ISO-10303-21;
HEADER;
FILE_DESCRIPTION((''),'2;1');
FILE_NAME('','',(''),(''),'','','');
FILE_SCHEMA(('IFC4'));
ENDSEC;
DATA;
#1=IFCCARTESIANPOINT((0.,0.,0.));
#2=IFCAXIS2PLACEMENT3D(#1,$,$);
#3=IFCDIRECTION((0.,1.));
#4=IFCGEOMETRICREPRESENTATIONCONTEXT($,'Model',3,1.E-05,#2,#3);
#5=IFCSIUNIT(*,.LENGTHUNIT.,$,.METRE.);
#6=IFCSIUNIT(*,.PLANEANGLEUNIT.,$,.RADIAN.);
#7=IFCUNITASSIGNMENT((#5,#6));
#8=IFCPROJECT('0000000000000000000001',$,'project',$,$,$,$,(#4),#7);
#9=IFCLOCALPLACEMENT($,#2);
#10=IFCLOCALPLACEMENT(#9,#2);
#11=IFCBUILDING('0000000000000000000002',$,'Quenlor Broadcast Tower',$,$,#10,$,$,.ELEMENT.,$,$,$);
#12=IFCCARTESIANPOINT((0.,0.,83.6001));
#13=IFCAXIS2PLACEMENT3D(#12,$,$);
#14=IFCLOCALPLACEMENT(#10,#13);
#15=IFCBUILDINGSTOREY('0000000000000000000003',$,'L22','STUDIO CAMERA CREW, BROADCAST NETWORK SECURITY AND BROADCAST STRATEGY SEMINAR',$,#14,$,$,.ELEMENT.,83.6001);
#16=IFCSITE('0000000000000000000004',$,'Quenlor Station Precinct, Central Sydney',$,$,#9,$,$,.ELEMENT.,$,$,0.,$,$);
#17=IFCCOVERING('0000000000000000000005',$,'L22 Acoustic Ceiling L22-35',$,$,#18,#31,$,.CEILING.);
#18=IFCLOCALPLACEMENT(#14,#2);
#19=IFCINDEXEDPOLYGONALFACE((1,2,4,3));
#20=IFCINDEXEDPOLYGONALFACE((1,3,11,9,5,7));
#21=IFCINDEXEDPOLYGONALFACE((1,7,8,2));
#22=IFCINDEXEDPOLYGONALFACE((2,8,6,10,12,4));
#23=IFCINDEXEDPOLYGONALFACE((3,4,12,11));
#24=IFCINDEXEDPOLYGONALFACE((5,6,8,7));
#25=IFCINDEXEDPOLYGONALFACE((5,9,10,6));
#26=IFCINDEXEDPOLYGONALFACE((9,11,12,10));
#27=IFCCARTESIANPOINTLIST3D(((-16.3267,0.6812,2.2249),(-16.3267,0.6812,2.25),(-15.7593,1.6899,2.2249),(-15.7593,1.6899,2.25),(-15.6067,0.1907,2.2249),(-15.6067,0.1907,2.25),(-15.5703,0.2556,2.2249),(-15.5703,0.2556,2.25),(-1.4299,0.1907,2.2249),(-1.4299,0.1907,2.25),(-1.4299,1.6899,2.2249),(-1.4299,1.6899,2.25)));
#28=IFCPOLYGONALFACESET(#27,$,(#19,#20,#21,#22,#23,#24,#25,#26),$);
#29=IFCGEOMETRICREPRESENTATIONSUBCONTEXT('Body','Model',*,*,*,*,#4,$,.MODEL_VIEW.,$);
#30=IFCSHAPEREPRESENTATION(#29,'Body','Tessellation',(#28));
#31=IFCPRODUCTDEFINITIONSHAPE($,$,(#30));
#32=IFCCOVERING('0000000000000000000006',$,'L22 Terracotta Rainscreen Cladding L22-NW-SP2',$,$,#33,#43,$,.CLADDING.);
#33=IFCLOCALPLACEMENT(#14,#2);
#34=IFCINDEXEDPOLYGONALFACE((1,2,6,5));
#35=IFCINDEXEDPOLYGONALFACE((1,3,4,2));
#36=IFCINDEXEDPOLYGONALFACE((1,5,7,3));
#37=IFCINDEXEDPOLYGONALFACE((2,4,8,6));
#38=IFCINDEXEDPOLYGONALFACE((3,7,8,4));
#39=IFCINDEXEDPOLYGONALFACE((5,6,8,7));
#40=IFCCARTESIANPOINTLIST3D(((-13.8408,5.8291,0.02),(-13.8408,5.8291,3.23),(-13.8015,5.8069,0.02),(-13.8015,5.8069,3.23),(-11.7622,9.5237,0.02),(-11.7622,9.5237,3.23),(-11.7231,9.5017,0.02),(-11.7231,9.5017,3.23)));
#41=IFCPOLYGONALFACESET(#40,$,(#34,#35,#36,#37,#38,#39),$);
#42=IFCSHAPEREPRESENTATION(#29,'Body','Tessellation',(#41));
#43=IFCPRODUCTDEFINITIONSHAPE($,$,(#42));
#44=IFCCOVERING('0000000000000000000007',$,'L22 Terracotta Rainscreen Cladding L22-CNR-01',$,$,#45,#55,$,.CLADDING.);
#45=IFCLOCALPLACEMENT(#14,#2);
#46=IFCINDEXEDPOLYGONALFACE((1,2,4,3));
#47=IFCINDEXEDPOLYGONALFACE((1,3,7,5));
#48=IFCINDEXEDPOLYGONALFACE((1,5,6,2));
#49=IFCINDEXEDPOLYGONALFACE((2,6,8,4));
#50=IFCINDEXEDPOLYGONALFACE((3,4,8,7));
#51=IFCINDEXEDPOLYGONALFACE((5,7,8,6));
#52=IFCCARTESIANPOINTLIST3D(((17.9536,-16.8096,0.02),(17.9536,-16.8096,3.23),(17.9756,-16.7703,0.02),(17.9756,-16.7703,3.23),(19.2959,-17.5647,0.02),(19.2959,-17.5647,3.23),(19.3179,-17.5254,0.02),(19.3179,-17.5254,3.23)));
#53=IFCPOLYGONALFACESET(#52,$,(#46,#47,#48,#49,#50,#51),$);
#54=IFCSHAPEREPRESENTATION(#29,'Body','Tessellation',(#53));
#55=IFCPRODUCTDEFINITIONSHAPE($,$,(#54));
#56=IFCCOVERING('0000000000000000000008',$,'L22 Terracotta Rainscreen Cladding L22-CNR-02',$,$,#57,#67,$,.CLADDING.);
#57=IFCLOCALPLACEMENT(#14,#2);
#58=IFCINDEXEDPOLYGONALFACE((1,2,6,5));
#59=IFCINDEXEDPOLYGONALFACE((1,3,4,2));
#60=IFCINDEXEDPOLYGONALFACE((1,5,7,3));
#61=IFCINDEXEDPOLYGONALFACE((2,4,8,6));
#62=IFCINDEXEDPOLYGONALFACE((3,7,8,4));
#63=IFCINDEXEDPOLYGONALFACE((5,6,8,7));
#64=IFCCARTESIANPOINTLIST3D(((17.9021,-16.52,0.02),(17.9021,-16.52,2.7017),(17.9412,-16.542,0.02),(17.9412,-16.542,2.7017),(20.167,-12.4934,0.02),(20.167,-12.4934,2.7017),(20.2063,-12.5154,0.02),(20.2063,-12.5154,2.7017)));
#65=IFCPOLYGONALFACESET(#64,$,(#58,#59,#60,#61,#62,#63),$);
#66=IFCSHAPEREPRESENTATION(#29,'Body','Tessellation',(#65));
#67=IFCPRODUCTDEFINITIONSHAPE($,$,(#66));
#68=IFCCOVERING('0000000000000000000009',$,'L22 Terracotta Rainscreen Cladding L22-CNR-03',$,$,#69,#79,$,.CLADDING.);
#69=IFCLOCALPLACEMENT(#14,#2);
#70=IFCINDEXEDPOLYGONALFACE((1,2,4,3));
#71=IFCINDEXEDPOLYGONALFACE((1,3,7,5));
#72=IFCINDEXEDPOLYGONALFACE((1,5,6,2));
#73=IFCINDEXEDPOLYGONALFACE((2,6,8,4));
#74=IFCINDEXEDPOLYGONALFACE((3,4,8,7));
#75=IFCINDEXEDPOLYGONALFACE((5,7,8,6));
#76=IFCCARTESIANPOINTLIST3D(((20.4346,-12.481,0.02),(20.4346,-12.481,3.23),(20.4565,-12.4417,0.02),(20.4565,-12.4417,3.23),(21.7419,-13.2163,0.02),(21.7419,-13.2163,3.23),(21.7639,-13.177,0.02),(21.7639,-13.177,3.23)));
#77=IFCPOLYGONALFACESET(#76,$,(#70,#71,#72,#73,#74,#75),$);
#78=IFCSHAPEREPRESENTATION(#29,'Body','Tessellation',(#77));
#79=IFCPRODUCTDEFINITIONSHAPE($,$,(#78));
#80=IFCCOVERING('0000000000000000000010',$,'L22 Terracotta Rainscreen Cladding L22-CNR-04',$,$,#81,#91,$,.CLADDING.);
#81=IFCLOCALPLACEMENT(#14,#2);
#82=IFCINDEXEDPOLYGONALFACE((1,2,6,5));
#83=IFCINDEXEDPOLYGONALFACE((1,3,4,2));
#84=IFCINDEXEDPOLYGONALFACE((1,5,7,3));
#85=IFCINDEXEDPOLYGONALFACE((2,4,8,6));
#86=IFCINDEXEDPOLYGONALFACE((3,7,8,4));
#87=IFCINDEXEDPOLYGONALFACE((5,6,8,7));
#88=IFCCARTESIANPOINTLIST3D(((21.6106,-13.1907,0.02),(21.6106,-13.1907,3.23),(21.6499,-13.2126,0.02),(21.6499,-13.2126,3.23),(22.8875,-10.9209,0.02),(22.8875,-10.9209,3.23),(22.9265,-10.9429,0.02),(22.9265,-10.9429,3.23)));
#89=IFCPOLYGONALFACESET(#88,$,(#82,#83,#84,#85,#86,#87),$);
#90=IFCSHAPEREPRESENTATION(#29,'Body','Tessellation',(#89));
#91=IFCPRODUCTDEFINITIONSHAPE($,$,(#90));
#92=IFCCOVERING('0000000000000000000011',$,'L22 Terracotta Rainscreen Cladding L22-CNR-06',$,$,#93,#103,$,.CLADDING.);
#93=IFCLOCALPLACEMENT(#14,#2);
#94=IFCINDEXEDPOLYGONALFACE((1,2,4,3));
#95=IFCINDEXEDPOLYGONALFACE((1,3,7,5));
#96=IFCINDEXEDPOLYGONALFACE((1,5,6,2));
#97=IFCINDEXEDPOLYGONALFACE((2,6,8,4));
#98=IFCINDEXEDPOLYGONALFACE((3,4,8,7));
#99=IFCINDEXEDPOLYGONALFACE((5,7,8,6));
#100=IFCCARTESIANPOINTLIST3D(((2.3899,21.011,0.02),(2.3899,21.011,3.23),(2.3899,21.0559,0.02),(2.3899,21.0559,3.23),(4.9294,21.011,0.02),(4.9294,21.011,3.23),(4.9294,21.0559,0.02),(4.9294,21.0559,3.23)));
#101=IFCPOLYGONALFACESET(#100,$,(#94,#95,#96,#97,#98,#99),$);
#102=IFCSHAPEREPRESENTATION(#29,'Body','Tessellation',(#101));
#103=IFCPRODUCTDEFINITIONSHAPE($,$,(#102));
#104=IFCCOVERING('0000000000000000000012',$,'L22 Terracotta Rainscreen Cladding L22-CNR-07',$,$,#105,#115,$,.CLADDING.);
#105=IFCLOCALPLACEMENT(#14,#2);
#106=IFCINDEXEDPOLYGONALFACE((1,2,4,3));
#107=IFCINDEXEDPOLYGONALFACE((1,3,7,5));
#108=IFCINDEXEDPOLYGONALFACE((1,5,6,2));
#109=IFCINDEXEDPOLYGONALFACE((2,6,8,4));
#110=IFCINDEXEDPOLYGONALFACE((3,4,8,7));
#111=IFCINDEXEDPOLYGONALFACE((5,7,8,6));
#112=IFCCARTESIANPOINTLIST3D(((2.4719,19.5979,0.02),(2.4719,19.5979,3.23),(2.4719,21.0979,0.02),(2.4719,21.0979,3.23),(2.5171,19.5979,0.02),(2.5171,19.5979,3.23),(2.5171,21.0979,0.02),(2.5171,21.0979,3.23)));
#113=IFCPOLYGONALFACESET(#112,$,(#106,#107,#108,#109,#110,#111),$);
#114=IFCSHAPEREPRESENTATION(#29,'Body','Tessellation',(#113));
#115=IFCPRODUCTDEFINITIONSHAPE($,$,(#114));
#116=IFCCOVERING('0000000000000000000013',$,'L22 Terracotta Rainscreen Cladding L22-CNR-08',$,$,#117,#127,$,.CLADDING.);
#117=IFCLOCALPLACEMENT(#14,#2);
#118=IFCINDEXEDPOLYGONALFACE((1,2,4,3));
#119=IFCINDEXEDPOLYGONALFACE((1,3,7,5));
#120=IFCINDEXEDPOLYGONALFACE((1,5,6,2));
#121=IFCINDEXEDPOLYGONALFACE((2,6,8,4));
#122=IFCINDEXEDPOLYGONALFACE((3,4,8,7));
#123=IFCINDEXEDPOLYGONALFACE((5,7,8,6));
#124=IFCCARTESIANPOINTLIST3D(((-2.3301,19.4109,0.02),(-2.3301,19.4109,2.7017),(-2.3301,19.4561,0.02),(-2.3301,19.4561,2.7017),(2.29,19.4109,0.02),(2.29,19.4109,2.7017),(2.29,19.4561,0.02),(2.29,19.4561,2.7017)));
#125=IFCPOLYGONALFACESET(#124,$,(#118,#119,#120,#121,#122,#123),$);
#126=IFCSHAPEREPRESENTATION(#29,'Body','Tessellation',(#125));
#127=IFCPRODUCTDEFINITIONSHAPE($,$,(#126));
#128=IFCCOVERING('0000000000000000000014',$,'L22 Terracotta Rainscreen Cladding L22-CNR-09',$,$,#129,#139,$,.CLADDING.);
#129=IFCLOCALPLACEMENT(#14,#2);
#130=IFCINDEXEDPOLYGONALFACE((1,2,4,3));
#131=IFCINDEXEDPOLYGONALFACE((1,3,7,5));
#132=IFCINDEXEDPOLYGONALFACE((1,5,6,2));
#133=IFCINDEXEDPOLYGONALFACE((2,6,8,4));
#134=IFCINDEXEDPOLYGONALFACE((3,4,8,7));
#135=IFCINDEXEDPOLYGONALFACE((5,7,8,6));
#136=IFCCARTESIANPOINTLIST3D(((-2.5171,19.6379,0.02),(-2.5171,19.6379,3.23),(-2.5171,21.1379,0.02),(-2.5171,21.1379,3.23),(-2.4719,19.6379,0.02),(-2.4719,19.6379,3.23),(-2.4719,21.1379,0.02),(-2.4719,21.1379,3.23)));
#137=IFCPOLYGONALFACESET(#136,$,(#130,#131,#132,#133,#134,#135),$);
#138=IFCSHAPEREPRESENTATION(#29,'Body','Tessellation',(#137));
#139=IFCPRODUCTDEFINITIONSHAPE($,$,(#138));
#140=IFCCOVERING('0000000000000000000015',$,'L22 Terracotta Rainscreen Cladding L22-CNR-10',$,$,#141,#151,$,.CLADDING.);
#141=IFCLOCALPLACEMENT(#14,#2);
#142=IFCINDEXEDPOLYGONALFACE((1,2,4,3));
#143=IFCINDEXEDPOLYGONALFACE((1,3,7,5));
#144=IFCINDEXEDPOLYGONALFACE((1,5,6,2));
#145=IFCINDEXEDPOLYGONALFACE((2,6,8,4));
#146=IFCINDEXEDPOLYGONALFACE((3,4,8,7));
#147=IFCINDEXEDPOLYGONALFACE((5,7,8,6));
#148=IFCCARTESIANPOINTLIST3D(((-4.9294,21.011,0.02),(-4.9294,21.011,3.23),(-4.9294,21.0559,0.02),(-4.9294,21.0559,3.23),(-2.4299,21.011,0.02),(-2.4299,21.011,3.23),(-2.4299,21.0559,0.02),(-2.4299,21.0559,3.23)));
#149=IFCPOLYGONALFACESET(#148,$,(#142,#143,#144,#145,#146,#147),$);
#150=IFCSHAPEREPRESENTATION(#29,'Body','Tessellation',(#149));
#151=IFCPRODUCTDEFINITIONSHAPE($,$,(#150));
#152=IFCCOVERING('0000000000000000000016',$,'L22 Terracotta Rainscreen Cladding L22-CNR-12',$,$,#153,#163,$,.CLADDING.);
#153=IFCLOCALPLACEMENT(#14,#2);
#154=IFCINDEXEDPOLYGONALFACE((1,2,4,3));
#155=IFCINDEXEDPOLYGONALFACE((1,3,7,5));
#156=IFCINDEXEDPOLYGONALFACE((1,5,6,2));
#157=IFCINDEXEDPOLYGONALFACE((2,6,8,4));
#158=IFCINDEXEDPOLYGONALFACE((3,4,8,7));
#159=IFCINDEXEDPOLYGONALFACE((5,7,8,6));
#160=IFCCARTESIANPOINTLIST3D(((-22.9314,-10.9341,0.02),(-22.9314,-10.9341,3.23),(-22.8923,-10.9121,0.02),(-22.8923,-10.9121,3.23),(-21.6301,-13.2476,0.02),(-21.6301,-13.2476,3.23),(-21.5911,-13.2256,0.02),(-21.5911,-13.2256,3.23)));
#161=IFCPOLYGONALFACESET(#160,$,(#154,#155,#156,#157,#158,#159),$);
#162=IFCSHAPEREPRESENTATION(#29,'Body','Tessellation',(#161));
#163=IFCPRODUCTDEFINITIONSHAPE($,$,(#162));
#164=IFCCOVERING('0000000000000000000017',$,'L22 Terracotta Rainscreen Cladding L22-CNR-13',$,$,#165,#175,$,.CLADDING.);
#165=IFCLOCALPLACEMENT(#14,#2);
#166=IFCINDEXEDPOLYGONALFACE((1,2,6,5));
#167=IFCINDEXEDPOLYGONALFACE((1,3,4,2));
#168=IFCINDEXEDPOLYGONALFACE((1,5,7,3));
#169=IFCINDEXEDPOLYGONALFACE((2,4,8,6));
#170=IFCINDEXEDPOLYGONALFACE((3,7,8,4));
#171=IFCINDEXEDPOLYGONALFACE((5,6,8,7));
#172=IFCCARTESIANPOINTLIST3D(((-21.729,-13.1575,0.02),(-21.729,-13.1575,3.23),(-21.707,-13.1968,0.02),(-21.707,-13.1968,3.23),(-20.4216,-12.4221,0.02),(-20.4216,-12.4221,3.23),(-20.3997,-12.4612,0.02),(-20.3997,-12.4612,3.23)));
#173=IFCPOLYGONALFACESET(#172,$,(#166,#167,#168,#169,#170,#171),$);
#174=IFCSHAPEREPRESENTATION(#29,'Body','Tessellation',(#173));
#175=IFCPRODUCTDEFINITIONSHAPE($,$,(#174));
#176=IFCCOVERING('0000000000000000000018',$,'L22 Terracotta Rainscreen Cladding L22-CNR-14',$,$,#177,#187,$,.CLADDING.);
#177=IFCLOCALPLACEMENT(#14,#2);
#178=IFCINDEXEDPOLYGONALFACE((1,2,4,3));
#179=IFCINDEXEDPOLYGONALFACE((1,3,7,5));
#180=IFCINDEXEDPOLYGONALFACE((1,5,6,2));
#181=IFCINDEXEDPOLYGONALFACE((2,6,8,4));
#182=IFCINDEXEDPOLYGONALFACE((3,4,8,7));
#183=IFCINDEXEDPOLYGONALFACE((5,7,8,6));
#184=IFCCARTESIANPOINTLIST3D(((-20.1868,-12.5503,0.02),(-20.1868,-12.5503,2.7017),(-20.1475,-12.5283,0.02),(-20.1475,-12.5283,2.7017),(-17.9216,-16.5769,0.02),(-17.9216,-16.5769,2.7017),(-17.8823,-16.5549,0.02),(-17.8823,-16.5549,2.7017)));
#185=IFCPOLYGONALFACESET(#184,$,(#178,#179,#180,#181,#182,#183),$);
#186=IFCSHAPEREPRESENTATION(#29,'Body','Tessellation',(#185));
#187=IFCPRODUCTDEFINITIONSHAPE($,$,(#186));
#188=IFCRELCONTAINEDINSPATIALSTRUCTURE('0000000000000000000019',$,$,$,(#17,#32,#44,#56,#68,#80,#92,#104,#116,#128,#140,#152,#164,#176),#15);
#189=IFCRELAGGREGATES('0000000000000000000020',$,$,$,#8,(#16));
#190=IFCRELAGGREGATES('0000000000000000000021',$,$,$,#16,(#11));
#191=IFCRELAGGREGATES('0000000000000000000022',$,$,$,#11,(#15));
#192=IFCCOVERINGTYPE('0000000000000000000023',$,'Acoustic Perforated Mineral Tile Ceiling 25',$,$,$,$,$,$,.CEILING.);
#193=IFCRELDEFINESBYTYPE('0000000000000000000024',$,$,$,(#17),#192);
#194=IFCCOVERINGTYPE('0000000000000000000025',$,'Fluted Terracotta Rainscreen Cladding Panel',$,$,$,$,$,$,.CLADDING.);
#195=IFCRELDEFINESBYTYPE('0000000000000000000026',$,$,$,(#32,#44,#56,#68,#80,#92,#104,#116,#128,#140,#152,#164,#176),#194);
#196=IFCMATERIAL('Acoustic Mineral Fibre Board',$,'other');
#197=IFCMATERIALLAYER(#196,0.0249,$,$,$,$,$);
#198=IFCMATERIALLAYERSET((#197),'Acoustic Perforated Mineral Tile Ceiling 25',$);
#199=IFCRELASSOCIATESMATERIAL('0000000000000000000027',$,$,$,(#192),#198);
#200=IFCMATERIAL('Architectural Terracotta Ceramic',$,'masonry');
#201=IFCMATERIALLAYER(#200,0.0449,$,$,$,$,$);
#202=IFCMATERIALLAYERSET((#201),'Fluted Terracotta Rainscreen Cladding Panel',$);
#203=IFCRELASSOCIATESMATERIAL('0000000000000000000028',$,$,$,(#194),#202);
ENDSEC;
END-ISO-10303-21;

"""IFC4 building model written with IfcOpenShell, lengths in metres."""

from ifc_helpers import new_model, si_unit, direction, frame, origin, place, context, subcontext, project, spatial, polyline, outline, extrude, material, layer, layer_set, type_object, element, save


model = new_model("IFC4")

# Units and contexts
model_context = context("Model", 3, precision=1e-05, world=origin(), true_north=direction((0.0, 1.0)))
body_context = subcontext(model_context, "Body", "Model", "MODEL_VIEW")
ifc_project = project(units=[si_unit("LENGTHUNIT", "METRE"), si_unit("PLANEANGLEUNIT", "RADIAN")], contexts=[model_context])

# Site, building, storey
site_placement = place(None, origin())
site = spatial("IfcSite", under=ifc_project, at=site_placement, Name="Quenlor Station Precinct, Central Sydney", CompositionType="ELEMENT", RefElevation=0.0)
building_placement = place(site_placement, origin())
building = spatial("IfcBuilding", under=site, at=building_placement, Name="Quenlor Broadcast Tower", CompositionType="ELEMENT")
storey_placement = place(building_placement, frame((0.0, 0.0, 83.6001)))
storey = spatial("IfcBuildingStorey", under=building, at=storey_placement, Name="L22", Description="STUDIO CAMERA CREW, BROADCAST NETWORK SECURITY AND BROADCAST STRATEGY SEMINAR", CompositionType="ELEMENT", Elevation=83.6001)

# Coverings
ifc_material_1 = material(Name="Acoustic Mineral Fibre Board", Category="other")
ifc_layer_1 = layer(ifc_material_1, 0.0249)
ifc_layer_set_1 = layer_set([ifc_layer_1], Name="Acoustic Perforated Mineral Tile Ceiling 25")
covering_type_1 = type_object("IfcCoveringType", Name="Acoustic Perforated Mineral Tile Ceiling 25", PredefinedType="CEILING", material=ifc_layer_set_1)
covering_1_placement = place(storey_placement, frame((0.0, 0.0, 2.2249)))
element("IfcCovering", 1, at=covering_1_placement, inside=storey, type_object=covering_type_1, Name="L22 Acoustic Ceiling L22-35", PredefinedType="CEILING", context=body_context, shape_type="SweptSolid", body=[
    extrude(outline(polyline([(-15.6067, 0.1907), (-15.5703, 0.2556), (-16.3267, 0.6812), (-15.7593, 1.6899), (-1.4299, 1.6899), (-1.4299, 0.1907), (-15.6067, 0.1907)])), origin(), (0.0, 0.0, 1.0), 0.0251),
])
ifc_material_2 = material(Name="Architectural Terracotta Ceramic", Category="masonry")
ifc_layer_2 = layer(ifc_material_2, 0.0449)
ifc_layer_set_2 = layer_set([ifc_layer_2], Name="Fluted Terracotta Rainscreen Cladding Panel")
covering_type_2 = type_object("IfcCoveringType", Name="Fluted Terracotta Rainscreen Cladding Panel", PredefinedType="CLADDING", material=ifc_layer_set_2)
covering_2_placement = place(storey_placement, frame((0.0, 0.0, 0.02)))
element("IfcCovering", 2, at=covering_2_placement, inside=storey, type_object=covering_type_2, Name="L22 Terracotta Rainscreen Cladding L22-NW-SP2", PredefinedType="CLADDING", context=body_context, shape_type="SweptSolid", body=[
    extrude(outline(polyline([(-13.8015, 5.8069), (-11.7231, 9.5017), (-11.7622, 9.5237), (-13.8408, 5.8291), (-13.8015, 5.8069)])), origin(), (0.0, 0.0, 1.0), 3.21),
])
covering_3_placement = place(storey_placement, frame((0.0, 0.0, 0.02)))
element("IfcCovering", 3, at=covering_3_placement, inside=storey, type_object=covering_type_2, Name="L22 Terracotta Rainscreen Cladding L22-CNR-01", PredefinedType="CLADDING", context=body_context, shape_type="SweptSolid", body=[
    extrude(outline(polyline([(19.3179, -17.5254), (17.9756, -16.7703), (17.9536, -16.8096), (19.2959, -17.5647), (19.3179, -17.5254)])), origin(), (0.0, 0.0, 1.0), 3.21),
])
covering_4_placement = place(storey_placement, frame((0.0, 0.0, 0.02)))
element("IfcCovering", 4, at=covering_4_placement, inside=storey, type_object=covering_type_2, Name="L22 Terracotta Rainscreen Cladding L22-CNR-02", PredefinedType="CLADDING", context=body_context, shape_type="SweptSolid", body=[
    extrude(outline(polyline([(17.9412, -16.542), (20.2063, -12.5154), (20.167, -12.4934), (17.9021, -16.52), (17.9412, -16.542)])), origin(), (0.0, 0.0, 1.0), 2.6816),
])
covering_5_placement = place(storey_placement, frame((0.0, 0.0, 0.02)))
element("IfcCovering", 5, at=covering_5_placement, inside=storey, type_object=covering_type_2, Name="L22 Terracotta Rainscreen Cladding L22-CNR-03", PredefinedType="CLADDING", context=body_context, shape_type="SweptSolid", body=[
    extrude(outline(polyline([(20.4346, -12.481), (21.7419, -13.2163), (21.7639, -13.177), (20.4565, -12.4417), (20.4346, -12.481)])), origin(), (0.0, 0.0, 1.0), 3.21),
])
covering_6_placement = place(storey_placement, frame((0.0, 0.0, 0.02)))
element("IfcCovering", 6, at=covering_6_placement, inside=storey, type_object=covering_type_2, Name="L22 Terracotta Rainscreen Cladding L22-CNR-04", PredefinedType="CLADDING", context=body_context, shape_type="SweptSolid", body=[
    extrude(outline(polyline([(21.6499, -13.2126), (22.9265, -10.9429), (22.8875, -10.9209), (21.6106, -13.1907), (21.6499, -13.2126)])), origin(), (0.0, 0.0, 1.0), 3.21),
])
covering_7_placement = place(storey_placement, frame((0.0, 0.0, 0.02)))
element("IfcCovering", 7, at=covering_7_placement, inside=storey, type_object=covering_type_2, Name="L22 Terracotta Rainscreen Cladding L22-CNR-06", PredefinedType="CLADDING", context=body_context, shape_type="SweptSolid", body=[
    extrude(outline(polyline([(4.9294, 21.0559), (2.3899, 21.0559), (2.3899, 21.011), (4.9294, 21.011), (4.9294, 21.0559)])), origin(), (0.0, 0.0, 1.0), 3.21),
])
covering_8_placement = place(storey_placement, frame((0.0, 0.0, 0.02)))
element("IfcCovering", 8, at=covering_8_placement, inside=storey, type_object=covering_type_2, Name="L22 Terracotta Rainscreen Cladding L22-CNR-07", PredefinedType="CLADDING", context=body_context, shape_type="SweptSolid", body=[
    extrude(outline(polyline([(2.4719, 21.0979), (2.4719, 19.5979), (2.5171, 19.5979), (2.5171, 21.0979), (2.4719, 21.0979)])), origin(), (0.0, 0.0, 1.0), 3.21),
])
covering_9_placement = place(storey_placement, frame((0.0, 0.0, 0.02)))
element("IfcCovering", 9, at=covering_9_placement, inside=storey, type_object=covering_type_2, Name="L22 Terracotta Rainscreen Cladding L22-CNR-08", PredefinedType="CLADDING", context=body_context, shape_type="SweptSolid", body=[
    extrude(outline(polyline([(2.29, 19.4561), (-2.3301, 19.4561), (-2.3301, 19.4109), (2.29, 19.4109), (2.29, 19.4561)])), origin(), (0.0, 0.0, 1.0), 2.6816),
])
covering_10_placement = place(storey_placement, frame((0.0, 0.0, 0.02)))
element("IfcCovering", 10, at=covering_10_placement, inside=storey, type_object=covering_type_2, Name="L22 Terracotta Rainscreen Cladding L22-CNR-09", PredefinedType="CLADDING", context=body_context, shape_type="SweptSolid", body=[
    extrude(outline(polyline([(-2.4719, 19.6379), (-2.4719, 21.1379), (-2.5171, 21.1379), (-2.5171, 19.6379), (-2.4719, 19.6379)])), origin(), (0.0, 0.0, 1.0), 3.21),
])
covering_11_placement = place(storey_placement, frame((0.0, 0.0, 0.02)))
element("IfcCovering", 11, at=covering_11_placement, inside=storey, type_object=covering_type_2, Name="L22 Terracotta Rainscreen Cladding L22-CNR-10", PredefinedType="CLADDING", context=body_context, shape_type="SweptSolid", body=[
    extrude(outline(polyline([(-2.4299, 21.0559), (-4.9294, 21.0559), (-4.9294, 21.011), (-2.4299, 21.011), (-2.4299, 21.0559)])), origin(), (0.0, 0.0, 1.0), 3.21),
])
covering_12_placement = place(storey_placement, frame((0.0, 0.0, 0.02)))
element("IfcCovering", 12, at=covering_12_placement, inside=storey, type_object=covering_type_2, Name="L22 Terracotta Rainscreen Cladding L22-CNR-12", PredefinedType="CLADDING", context=body_context, shape_type="SweptSolid", body=[
    extrude(outline(polyline([(-22.9314, -10.9341), (-21.6301, -13.2476), (-21.5911, -13.2256), (-22.8923, -10.9121), (-22.9314, -10.9341)])), origin(), (0.0, 0.0, 1.0), 3.21),
])
covering_13_placement = place(storey_placement, frame((0.0, 0.0, 0.02)))
element("IfcCovering", 13, at=covering_13_placement, inside=storey, type_object=covering_type_2, Name="L22 Terracotta Rainscreen Cladding L22-CNR-13", PredefinedType="CLADDING", context=body_context, shape_type="SweptSolid", body=[
    extrude(outline(polyline([(-21.707, -13.1968), (-20.3997, -12.4612), (-20.4216, -12.4221), (-21.729, -13.1575), (-21.707, -13.1968)])), origin(), (0.0, 0.0, 1.0), 3.21),
])
covering_14_placement = place(storey_placement, frame((0.0, 0.0, 0.02)))
element("IfcCovering", 14, at=covering_14_placement, inside=storey, type_object=covering_type_2, Name="L22 Terracotta Rainscreen Cladding L22-CNR-14", PredefinedType="CLADDING", context=body_context, shape_type="SweptSolid", body=[
    extrude(outline(polyline([(-20.1868, -12.5503), (-17.9216, -16.5769), (-17.8823, -16.5549), (-20.1475, -12.5283), (-20.1868, -12.5503)])), origin(), (0.0, 0.0, 1.0), 2.6816),
])

save(model, "model.ifc")
